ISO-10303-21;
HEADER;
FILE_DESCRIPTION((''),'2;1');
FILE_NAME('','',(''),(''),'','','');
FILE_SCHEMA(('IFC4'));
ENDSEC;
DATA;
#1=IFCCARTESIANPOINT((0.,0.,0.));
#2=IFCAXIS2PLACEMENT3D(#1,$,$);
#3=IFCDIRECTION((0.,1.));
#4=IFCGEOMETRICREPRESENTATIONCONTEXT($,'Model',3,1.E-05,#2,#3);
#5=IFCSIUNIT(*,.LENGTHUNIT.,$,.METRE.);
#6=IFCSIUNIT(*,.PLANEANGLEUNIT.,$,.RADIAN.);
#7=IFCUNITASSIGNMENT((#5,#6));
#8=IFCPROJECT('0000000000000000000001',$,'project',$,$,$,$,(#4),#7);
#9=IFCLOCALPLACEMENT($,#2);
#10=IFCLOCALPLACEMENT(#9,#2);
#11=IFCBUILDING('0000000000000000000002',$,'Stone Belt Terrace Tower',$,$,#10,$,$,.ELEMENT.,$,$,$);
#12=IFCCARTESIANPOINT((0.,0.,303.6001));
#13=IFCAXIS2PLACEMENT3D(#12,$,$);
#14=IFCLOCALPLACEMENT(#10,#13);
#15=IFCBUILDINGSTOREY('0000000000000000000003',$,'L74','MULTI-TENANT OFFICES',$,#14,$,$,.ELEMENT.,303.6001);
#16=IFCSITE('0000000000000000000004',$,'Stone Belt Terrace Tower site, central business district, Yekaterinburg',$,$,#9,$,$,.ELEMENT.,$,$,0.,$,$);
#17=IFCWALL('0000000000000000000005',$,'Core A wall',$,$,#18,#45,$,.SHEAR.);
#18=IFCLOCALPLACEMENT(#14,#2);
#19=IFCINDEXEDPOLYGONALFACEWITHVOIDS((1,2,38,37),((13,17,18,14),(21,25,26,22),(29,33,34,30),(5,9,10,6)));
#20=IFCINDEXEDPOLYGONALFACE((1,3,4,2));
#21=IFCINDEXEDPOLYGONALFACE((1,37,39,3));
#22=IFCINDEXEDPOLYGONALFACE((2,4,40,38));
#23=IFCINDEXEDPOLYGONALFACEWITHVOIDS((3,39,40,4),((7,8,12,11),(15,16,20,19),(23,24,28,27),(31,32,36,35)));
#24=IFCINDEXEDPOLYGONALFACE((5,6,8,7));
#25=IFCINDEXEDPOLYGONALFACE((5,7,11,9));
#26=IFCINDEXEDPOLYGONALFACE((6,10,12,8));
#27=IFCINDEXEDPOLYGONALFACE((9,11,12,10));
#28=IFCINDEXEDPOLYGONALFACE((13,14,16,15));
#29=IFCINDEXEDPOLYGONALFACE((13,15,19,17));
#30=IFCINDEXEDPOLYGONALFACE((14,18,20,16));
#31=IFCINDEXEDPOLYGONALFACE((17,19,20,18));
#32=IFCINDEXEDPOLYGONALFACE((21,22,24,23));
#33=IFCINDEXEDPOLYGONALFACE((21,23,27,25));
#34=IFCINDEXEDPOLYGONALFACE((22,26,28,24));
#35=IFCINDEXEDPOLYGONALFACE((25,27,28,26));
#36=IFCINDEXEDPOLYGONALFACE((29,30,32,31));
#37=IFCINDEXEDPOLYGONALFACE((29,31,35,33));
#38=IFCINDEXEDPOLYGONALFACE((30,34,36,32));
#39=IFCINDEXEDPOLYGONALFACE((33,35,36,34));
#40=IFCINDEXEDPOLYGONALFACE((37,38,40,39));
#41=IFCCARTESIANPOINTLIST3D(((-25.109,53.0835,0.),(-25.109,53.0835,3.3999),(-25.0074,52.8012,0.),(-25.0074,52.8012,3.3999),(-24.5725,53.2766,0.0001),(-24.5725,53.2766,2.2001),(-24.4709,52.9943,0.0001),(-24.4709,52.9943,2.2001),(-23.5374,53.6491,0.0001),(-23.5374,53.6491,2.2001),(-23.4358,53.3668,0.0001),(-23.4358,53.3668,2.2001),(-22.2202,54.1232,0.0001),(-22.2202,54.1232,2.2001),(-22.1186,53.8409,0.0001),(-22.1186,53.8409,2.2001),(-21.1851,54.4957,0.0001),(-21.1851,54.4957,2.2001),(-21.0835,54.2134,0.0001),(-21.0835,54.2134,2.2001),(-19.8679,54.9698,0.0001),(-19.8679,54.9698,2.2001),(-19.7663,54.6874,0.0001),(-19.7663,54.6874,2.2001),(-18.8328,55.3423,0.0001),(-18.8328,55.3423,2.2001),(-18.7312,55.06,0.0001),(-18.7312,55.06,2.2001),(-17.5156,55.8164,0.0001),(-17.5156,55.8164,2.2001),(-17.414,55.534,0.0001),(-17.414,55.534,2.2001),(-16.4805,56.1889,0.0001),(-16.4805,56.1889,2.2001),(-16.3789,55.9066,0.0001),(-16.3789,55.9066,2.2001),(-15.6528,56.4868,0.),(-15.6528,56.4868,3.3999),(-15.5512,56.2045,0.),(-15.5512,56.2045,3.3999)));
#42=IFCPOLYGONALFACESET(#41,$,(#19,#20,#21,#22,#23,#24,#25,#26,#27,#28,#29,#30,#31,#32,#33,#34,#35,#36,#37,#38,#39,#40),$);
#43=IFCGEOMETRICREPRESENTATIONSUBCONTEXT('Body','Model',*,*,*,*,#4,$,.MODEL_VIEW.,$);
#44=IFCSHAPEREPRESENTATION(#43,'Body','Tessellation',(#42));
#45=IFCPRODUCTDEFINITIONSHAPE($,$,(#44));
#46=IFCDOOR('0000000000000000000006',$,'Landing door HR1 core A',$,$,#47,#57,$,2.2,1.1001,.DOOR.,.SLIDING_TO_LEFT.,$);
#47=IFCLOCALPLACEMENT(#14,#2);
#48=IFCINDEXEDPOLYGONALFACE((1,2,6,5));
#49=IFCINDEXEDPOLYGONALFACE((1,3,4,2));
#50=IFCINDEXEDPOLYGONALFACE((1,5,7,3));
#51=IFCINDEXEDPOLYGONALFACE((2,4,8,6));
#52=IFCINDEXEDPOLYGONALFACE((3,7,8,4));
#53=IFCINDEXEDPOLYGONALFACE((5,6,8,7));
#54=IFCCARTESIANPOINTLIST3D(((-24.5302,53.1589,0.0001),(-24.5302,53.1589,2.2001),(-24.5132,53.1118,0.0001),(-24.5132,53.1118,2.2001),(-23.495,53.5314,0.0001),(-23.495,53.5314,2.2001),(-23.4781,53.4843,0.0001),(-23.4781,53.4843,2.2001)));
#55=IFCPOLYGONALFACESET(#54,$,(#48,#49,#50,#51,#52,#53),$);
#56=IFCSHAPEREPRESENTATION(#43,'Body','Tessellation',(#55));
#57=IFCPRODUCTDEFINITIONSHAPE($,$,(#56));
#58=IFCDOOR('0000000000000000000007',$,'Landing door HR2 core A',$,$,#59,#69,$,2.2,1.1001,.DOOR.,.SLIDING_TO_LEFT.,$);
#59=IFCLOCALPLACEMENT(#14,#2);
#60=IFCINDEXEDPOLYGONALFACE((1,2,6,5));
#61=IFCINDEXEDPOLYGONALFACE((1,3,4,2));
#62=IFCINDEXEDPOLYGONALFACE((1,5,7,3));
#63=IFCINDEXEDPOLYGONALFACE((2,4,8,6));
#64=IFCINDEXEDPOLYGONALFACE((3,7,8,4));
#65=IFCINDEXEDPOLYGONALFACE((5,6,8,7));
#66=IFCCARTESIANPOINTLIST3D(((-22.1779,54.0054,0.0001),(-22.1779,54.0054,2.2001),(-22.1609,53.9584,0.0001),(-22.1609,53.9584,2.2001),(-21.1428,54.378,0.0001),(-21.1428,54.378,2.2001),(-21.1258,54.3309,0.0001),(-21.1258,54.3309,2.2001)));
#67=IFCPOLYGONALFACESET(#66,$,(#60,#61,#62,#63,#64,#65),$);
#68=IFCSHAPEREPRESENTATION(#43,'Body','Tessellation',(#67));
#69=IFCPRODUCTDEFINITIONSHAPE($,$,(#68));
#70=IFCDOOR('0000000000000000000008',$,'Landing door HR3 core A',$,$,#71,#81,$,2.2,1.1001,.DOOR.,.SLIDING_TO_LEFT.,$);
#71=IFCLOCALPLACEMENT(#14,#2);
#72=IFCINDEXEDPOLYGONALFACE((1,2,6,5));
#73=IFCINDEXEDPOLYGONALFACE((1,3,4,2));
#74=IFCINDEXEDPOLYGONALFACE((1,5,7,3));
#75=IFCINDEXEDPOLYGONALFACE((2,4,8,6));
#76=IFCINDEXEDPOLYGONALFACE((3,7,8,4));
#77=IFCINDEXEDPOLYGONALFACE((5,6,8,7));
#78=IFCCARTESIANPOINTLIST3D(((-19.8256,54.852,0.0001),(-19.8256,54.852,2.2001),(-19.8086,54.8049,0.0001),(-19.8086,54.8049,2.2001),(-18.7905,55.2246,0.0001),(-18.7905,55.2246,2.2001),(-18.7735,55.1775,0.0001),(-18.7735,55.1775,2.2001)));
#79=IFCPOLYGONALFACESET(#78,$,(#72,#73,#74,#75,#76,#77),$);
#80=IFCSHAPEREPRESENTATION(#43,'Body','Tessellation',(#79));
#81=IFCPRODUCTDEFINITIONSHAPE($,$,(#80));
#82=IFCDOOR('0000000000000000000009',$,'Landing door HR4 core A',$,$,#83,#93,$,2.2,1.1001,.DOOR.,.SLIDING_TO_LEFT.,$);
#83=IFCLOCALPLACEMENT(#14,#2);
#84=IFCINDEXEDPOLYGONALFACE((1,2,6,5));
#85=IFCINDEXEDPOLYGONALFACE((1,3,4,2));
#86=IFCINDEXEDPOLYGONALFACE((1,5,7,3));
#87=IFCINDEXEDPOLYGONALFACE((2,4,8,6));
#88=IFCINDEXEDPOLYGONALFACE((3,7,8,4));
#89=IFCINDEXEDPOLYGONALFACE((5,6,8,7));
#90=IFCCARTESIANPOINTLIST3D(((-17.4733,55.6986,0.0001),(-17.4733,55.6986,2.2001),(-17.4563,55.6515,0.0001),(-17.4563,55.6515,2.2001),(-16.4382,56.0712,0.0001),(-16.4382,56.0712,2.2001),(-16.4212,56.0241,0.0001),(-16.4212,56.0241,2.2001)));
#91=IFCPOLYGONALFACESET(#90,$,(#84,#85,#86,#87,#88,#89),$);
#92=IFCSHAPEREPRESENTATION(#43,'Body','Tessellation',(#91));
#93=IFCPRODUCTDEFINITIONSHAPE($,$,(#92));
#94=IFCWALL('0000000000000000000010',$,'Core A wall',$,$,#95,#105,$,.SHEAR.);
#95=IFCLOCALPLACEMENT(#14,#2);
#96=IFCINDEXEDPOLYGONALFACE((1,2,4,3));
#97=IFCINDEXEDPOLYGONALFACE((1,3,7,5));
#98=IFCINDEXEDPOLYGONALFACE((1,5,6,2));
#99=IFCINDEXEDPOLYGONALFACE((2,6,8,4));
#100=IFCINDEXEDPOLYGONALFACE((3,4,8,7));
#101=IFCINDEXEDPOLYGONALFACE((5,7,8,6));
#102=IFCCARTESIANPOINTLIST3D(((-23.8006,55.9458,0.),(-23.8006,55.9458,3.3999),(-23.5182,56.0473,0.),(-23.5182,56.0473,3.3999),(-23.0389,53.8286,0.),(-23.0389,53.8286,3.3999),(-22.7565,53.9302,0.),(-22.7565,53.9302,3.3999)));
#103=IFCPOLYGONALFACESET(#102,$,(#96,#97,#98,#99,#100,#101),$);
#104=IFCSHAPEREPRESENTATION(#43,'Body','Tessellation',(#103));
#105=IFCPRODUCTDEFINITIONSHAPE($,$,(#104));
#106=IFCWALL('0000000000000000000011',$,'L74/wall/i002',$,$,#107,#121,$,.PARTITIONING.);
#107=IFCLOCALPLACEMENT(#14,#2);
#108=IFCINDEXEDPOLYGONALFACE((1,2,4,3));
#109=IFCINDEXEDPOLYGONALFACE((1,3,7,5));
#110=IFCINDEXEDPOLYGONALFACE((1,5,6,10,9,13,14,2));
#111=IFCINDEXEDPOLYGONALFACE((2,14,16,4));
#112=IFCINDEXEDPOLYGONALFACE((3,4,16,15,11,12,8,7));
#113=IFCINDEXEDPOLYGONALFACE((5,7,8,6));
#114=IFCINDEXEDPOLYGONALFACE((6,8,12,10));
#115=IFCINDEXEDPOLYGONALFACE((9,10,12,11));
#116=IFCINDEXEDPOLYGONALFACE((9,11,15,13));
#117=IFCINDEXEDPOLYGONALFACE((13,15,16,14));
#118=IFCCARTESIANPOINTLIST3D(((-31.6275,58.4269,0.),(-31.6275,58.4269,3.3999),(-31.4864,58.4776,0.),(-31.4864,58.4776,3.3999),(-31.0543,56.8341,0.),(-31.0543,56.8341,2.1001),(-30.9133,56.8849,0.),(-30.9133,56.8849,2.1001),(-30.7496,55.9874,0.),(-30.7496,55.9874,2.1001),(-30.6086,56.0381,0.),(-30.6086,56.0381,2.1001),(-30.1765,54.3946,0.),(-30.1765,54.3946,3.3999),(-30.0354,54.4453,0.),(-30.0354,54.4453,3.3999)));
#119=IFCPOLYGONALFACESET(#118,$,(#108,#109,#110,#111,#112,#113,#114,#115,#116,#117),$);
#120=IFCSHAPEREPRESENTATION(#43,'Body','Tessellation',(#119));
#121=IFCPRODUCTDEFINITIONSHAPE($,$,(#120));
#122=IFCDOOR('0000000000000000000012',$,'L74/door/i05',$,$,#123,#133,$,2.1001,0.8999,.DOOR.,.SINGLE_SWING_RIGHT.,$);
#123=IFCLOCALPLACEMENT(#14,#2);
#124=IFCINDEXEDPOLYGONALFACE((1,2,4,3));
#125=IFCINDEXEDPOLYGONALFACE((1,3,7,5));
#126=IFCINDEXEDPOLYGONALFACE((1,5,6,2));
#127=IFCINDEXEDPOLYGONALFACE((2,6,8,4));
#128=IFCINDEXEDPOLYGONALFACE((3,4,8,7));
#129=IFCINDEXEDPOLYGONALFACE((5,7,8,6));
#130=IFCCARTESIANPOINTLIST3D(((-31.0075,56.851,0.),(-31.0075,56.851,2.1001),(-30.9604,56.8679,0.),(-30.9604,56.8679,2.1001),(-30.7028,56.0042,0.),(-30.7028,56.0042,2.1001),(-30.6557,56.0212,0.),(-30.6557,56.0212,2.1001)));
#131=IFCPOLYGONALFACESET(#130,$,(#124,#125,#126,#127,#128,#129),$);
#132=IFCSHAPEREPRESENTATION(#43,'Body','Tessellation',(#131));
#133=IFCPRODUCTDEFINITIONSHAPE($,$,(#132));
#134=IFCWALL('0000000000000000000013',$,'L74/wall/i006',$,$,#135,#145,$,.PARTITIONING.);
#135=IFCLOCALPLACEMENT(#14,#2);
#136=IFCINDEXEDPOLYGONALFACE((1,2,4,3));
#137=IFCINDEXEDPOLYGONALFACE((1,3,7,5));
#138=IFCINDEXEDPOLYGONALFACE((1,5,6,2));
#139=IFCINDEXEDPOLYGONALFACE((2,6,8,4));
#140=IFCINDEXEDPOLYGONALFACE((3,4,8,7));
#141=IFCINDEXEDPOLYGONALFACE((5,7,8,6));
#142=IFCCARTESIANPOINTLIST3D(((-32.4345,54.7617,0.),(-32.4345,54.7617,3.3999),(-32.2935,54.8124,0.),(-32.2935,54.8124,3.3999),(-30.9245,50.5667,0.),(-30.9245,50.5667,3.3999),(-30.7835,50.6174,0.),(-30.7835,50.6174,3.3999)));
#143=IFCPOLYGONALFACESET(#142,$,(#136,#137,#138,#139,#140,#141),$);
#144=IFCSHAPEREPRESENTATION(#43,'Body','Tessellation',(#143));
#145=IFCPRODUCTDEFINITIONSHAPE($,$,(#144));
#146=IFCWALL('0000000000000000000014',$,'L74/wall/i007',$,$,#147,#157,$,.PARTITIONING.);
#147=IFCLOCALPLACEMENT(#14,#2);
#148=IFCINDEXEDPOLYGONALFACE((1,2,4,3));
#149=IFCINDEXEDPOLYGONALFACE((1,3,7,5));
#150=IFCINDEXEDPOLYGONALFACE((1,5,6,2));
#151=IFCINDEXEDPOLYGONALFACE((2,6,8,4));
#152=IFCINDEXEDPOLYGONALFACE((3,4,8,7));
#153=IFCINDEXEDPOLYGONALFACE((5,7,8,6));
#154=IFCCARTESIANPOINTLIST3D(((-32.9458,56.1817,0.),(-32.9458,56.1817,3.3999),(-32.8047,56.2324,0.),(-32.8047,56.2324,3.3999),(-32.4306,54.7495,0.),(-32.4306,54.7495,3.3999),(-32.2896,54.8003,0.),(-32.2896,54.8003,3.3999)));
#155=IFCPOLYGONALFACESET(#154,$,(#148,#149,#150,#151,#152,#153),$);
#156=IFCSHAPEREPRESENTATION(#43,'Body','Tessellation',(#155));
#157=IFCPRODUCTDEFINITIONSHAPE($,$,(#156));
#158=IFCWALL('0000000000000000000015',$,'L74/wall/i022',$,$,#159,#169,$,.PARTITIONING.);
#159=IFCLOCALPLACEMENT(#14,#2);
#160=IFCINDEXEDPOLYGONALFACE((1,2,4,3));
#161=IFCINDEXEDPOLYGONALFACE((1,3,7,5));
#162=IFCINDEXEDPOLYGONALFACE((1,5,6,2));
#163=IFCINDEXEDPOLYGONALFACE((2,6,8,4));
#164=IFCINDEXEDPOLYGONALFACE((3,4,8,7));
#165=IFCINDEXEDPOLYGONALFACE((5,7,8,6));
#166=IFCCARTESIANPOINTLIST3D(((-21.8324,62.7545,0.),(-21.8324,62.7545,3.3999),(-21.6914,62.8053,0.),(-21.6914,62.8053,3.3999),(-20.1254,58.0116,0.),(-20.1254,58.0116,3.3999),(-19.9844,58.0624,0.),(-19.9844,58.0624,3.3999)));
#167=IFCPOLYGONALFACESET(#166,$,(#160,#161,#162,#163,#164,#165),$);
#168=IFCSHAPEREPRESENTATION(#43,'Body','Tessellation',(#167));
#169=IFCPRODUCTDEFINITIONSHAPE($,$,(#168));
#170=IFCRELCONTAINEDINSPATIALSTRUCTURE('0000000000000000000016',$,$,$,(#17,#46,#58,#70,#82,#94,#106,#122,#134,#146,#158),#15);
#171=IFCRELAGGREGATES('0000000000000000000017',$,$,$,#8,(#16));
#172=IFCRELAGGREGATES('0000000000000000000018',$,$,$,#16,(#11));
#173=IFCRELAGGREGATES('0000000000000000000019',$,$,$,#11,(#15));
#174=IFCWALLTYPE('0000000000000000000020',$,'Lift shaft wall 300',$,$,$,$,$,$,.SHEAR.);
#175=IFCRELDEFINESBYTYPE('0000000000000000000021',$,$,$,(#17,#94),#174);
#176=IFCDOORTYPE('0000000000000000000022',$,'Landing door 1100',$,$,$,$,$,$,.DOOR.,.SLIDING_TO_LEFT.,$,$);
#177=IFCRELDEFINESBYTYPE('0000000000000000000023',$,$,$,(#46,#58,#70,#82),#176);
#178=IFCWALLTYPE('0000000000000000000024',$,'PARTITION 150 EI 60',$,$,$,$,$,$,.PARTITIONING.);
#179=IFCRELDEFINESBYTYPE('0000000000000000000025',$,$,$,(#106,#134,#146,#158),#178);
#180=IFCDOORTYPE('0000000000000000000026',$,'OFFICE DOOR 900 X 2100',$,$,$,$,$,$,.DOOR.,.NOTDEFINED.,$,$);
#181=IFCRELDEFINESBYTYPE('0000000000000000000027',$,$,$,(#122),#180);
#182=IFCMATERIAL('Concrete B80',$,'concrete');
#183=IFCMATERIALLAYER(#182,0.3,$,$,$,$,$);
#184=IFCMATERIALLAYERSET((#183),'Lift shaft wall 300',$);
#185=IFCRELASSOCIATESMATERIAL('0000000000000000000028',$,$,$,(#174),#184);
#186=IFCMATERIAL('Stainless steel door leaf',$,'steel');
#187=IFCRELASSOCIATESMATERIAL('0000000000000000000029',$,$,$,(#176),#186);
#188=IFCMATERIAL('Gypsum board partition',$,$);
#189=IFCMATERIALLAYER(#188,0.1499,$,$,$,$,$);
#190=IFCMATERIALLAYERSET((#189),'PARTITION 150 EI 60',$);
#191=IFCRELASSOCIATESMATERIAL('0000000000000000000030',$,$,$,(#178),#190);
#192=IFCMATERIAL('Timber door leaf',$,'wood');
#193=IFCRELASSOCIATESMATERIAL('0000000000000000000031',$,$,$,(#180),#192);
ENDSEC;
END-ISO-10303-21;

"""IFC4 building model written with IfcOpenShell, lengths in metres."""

from ifc_helpers import new_model, si_unit, direction, frame, frame_2d, origin, place, context, subcontext, project, spatial, rectangle, extrude, material, layer, layer_set, type_object, element, fill, save


model = new_model("IFC4")

# Units and contexts
model_context = context("Model", 3, precision=1e-05, world=origin(), true_north=direction((0.0, 1.0)))
body_context = subcontext(model_context, "Body", "Model", "MODEL_VIEW")
ifc_project = project(units=[si_unit("LENGTHUNIT", "METRE"), si_unit("PLANEANGLEUNIT", "RADIAN")], contexts=[model_context])

# Site, building, storey
site_placement = place(None, origin())
site = spatial("IfcSite", under=ifc_project, at=site_placement, Name="Stone Belt Terrace Tower site, central business district, Yekaterinburg", CompositionType="ELEMENT", RefElevation=0.0)
building_placement = place(site_placement, origin())
building = spatial("IfcBuilding", under=site, at=building_placement, Name="Stone Belt Terrace Tower", CompositionType="ELEMENT")
storey_placement = place(building_placement, frame((0.0, 0.0, 303.6001)))
storey = spatial("IfcBuildingStorey", under=building, at=storey_placement, Name="L74", Description="MULTI-TENANT OFFICES", CompositionType="ELEMENT", Elevation=303.6001)

# Shared definitions
ifc_material_1 = material(Name="Timber door leaf", Category="wood")

# Shared definitions
ifc_material_2 = material(Name="Concrete B80", Category="concrete")
ifc_layer_1 = layer(ifc_material_2, 0.3)
ifc_layer_set_1 = layer_set([ifc_layer_1], Name="Lift shaft wall 300")
wall_type_1 = type_object("IfcWallType", Name="Lift shaft wall 300", PredefinedType="SHEAR", material=ifc_layer_set_1)
ifc_material_3 = material(Name="Stainless steel door leaf", Category="steel")

# Wall, openings, doors
wall_1_placement = place(storey_placement, frame((-25.0581, 52.9424, 0.0), z_axis=(0.0, 0.0, 1.0), x_axis=(0.940917, 0.338636, 0.0)))
wall_1 = element("IfcWall", 1, at=wall_1_placement, inside=storey, type_object=wall_type_1, Name="Core A wall", PredefinedType="SHEAR", context=body_context, shape_type="SweptSolid", body=[
    extrude(rectangle(XDim=10.05, YDim=0.3, at=frame_2d((5.0249, 0.0))), origin(), (0.0, 0.0, 1.0), 3.3999),
])
opening_1_placement = place(wall_1_placement, frame((0.5701, 0.0, 0.0)))
opening_1 = element("IfcOpeningElement", 2, at=opening_1_placement, cuts=wall_1, PredefinedType="OPENING", context=body_context, shape_type="SweptSolid", body=[
    extrude(rectangle(XDim=1.1001, YDim=2.2, at=frame_2d((0.55, 1.1001))), frame((0.0, 0.1599, 0.0), z_axis=(0.0, -1.0, 0.0), x_axis=(1.0, 0.0, 0.0)), (0.0, 0.0, 1.0), 0.3201),
])
opening_2_placement = place(wall_1_placement, frame((3.0701, 0.0, 0.0)))
opening_2 = element("IfcOpeningElement", 3, at=opening_2_placement, cuts=wall_1, PredefinedType="OPENING", context=body_context, shape_type="SweptSolid", body=[
    extrude(rectangle(XDim=1.1001, YDim=2.2, at=frame_2d((0.55, 1.1001))), frame((0.0, 0.1599, 0.0), z_axis=(0.0, -1.0, 0.0), x_axis=(1.0, 0.0, 0.0)), (0.0, 0.0, 1.0), 0.3201),
])
opening_3_placement = place(wall_1_placement, frame((5.5701, 0.0, 0.0)))
opening_3 = element("IfcOpeningElement", 4, at=opening_3_placement, cuts=wall_1, PredefinedType="OPENING", context=body_context, shape_type="SweptSolid", body=[
    extrude(rectangle(XDim=1.1001, YDim=2.2, at=frame_2d((0.55, 1.1001))), frame((0.0, 0.1599, 0.0), z_axis=(0.0, -1.0, 0.0), x_axis=(1.0, 0.0, 0.0)), (0.0, 0.0, 1.0), 0.3201),
])
opening_4_placement = place(wall_1_placement, frame((8.0701, 0.0, 0.0)))
opening_4 = element("IfcOpeningElement", 5, at=opening_4_placement, cuts=wall_1, PredefinedType="OPENING", context=body_context, shape_type="SweptSolid", body=[
    extrude(rectangle(XDim=1.1001, YDim=2.2, at=frame_2d((0.55, 1.1001))), frame((0.0, 0.1599, 0.0), z_axis=(0.0, -1.0, 0.0), x_axis=(1.0, 0.0, 0.0)), (0.0, 0.0, 1.0), 0.3201),
])
door_type_1 = type_object("IfcDoorType", Name="Landing door 1100", OperationType="SLIDING_TO_LEFT", PredefinedType="DOOR", material=ifc_material_3)
door_1_placement = place(opening_1_placement, origin())
door_1 = element("IfcDoor", 6, at=door_1_placement, inside=storey, type_object=door_type_1, Name="Landing door HR1 core A", OperationType="SLIDING_TO_LEFT", OverallHeight=2.2, OverallWidth=1.1001, PredefinedType="DOOR", context=body_context, shape_type="SweptSolid", body=[
    extrude(rectangle(XDim=1.1001, YDim=2.2, at=frame_2d((0.55, 1.1001))), frame((0.0, 0.0249, 0.0), z_axis=(0.0, -1.0, 0.0), x_axis=(1.0, 0.0, 0.0)), (0.0, 0.0, 1.0), 0.05),
])
fill(opening_1, door_1)
door_2_placement = place(opening_2_placement, origin())
door_2 = element("IfcDoor", 7, at=door_2_placement, inside=storey, type_object=door_type_1, Name="Landing door HR2 core A", OperationType="SLIDING_TO_LEFT", OverallHeight=2.2, OverallWidth=1.1001, PredefinedType="DOOR", context=body_context, shape_type="SweptSolid", body=[
    extrude(rectangle(XDim=1.1001, YDim=2.2, at=frame_2d((0.55, 1.1001))), frame((0.0, 0.0249, 0.0), z_axis=(0.0, -1.0, 0.0), x_axis=(1.0, 0.0, 0.0)), (0.0, 0.0, 1.0), 0.05),
])
fill(opening_2, door_2)
door_3_placement = place(opening_3_placement, origin())
door_3 = element("IfcDoor", 8, at=door_3_placement, inside=storey, type_object=door_type_1, Name="Landing door HR3 core A", OperationType="SLIDING_TO_LEFT", OverallHeight=2.2, OverallWidth=1.1001, PredefinedType="DOOR", context=body_context, shape_type="SweptSolid", body=[
    extrude(rectangle(XDim=1.1001, YDim=2.2, at=frame_2d((0.55, 1.1001))), frame((0.0, 0.0249, 0.0), z_axis=(0.0, -1.0, 0.0), x_axis=(1.0, 0.0, 0.0)), (0.0, 0.0, 1.0), 0.05),
])
fill(opening_3, door_3)
door_4_placement = place(opening_4_placement, origin())
door_4 = element("IfcDoor", 9, at=door_4_placement, inside=storey, type_object=door_type_1, Name="Landing door HR4 core A", OperationType="SLIDING_TO_LEFT", OverallHeight=2.2, OverallWidth=1.1001, PredefinedType="DOOR", context=body_context, shape_type="SweptSolid", body=[
    extrude(rectangle(XDim=1.1001, YDim=2.2, at=frame_2d((0.55, 1.1001))), frame((0.0, 0.0249, 0.0), z_axis=(0.0, -1.0, 0.0), x_axis=(1.0, 0.0, 0.0)), (0.0, 0.0, 1.0), 0.05),
])
fill(opening_4, door_4)

# Wall
wall_2_placement = place(storey_placement, frame((-22.8977, 53.8794, 0.0), z_axis=(0.0, 0.0, 1.0), x_axis=(-0.338535, 0.940954, 0.0)))
element("IfcWall", 10, at=wall_2_placement, inside=storey, type_object=wall_type_1, Name="Core A wall", PredefinedType="SHEAR", context=body_context, shape_type="SweptSolid", body=[
    extrude(rectangle(XDim=2.25, YDim=0.3, at=frame_2d((1.125, 0.0))), origin(), (0.0, 0.0, 1.0), 3.3999),
])

# Wall, opening, door
ifc_material_4 = material(Name="Gypsum board partition")
ifc_layer_2 = layer(ifc_material_4, 0.1499)
ifc_layer_set_2 = layer_set([ifc_layer_2], Name="PARTITION 150 EI 60")
wall_type_2 = type_object("IfcWallType", Name="PARTITION 150 EI 60", PredefinedType="PARTITIONING", material=ifc_layer_set_2)
wall_3_placement = place(storey_placement, frame((-31.5569, 58.4521, 0.0), z_axis=(0.0, 0.0, 1.0), x_axis=(0.33858, -0.940938, 0.0)))
wall_3 = element("IfcWall", 11, at=wall_3_placement, inside=storey, type_object=wall_type_2, Name="L74/wall/i002", PredefinedType="PARTITIONING", context=body_context, shape_type="SweptSolid", body=[
    extrude(rectangle(XDim=4.2854, YDim=0.1499, at=frame_2d((2.1426, 0.0))), origin(), (0.0, 0.0, 1.0), 3.3999),
])
opening_5_placement = place(wall_3_placement, frame((1.6926, 0.0, 0.0)))
opening_5 = element("IfcOpeningElement", 12, at=opening_5_placement, cuts=wall_3, PredefinedType="OPENING", context=body_context, shape_type="SweptSolid", body=[
    extrude(rectangle(XDim=0.8999, YDim=2.1001, at=frame_2d((0.45, 1.05))), frame((0.0, 0.085, 0.0), z_axis=(0.0, -1.0, 0.0), x_axis=(1.0, 0.0, 0.0)), (0.0, 0.0, 1.0), 0.1699),
])
door_type_2 = type_object("IfcDoorType", Name="OFFICE DOOR 900 X 2100", OperationType="NOTDEFINED", PredefinedType="DOOR", material=ifc_material_1)
door_5_placement = place(opening_5_placement, origin())
door_5 = element("IfcDoor", 13, at=door_5_placement, inside=storey, type_object=door_type_2, Name="L74/door/i05", OperationType="SINGLE_SWING_RIGHT", OverallHeight=2.1001, OverallWidth=0.8999, PredefinedType="DOOR", context=body_context, shape_type="SweptSolid", body=[
    extrude(rectangle(XDim=0.8999, YDim=2.1001, at=frame_2d((0.45, 1.05))), frame((0.0, 0.0249, 0.0), z_axis=(0.0, -1.0, 0.0), x_axis=(1.0, 0.0, 0.0)), (0.0, 0.0, 1.0), 0.05),
])
fill(opening_5, door_5)

# Walls
wall_4_placement = place(storey_placement, frame((-30.854, 50.592, 0.0), z_axis=(0.0, 0.0, 1.0), x_axis=(-0.338677, 0.940903, 0.0)))
element("IfcWall", 14, at=wall_4_placement, inside=storey, type_object=wall_type_2, Name="L74/wall/i006", PredefinedType="PARTITIONING", context=body_context, shape_type="SweptSolid", body=[
    extrude(rectangle(XDim=4.4585, YDim=0.1499, at=frame_2d((2.2292, 0.0))), origin(), (0.0, 0.0, 1.0), 3.3999),
])
wall_5_placement = place(storey_placement, frame((-32.3601, 54.7749, 0.0), z_axis=(0.0, 0.0, 1.0), x_axis=(-0.33847, 0.940977, 0.0)))
element("IfcWall", 15, at=wall_5_placement, inside=storey, type_object=wall_type_2, Name="L74/wall/i007", PredefinedType="PARTITIONING", context=body_context, shape_type="SweptSolid", body=[
    extrude(rectangle(XDim=1.522, YDim=0.1499, at=frame_2d((0.761, 0.0))), origin(), (0.0, 0.0, 1.0), 3.3999),
])
wall_6_placement = place(storey_placement, frame((-21.762, 62.78, 0.0), z_axis=(0.0, 0.0, 1.0), x_axis=(0.338646, -0.940914, 0.0)))
element("IfcWall", 16, at=wall_6_placement, inside=storey, type_object=wall_type_2, Name="L74/wall/i022", PredefinedType="PARTITIONING", context=body_context, shape_type="SweptSolid", body=[
    extrude(rectangle(XDim=5.0408, YDim=0.1499, at=frame_2d((2.5205, 0.0))), origin(), (0.0, 0.0, 1.0), 3.3999),
])

save(model, "model.ifc")
